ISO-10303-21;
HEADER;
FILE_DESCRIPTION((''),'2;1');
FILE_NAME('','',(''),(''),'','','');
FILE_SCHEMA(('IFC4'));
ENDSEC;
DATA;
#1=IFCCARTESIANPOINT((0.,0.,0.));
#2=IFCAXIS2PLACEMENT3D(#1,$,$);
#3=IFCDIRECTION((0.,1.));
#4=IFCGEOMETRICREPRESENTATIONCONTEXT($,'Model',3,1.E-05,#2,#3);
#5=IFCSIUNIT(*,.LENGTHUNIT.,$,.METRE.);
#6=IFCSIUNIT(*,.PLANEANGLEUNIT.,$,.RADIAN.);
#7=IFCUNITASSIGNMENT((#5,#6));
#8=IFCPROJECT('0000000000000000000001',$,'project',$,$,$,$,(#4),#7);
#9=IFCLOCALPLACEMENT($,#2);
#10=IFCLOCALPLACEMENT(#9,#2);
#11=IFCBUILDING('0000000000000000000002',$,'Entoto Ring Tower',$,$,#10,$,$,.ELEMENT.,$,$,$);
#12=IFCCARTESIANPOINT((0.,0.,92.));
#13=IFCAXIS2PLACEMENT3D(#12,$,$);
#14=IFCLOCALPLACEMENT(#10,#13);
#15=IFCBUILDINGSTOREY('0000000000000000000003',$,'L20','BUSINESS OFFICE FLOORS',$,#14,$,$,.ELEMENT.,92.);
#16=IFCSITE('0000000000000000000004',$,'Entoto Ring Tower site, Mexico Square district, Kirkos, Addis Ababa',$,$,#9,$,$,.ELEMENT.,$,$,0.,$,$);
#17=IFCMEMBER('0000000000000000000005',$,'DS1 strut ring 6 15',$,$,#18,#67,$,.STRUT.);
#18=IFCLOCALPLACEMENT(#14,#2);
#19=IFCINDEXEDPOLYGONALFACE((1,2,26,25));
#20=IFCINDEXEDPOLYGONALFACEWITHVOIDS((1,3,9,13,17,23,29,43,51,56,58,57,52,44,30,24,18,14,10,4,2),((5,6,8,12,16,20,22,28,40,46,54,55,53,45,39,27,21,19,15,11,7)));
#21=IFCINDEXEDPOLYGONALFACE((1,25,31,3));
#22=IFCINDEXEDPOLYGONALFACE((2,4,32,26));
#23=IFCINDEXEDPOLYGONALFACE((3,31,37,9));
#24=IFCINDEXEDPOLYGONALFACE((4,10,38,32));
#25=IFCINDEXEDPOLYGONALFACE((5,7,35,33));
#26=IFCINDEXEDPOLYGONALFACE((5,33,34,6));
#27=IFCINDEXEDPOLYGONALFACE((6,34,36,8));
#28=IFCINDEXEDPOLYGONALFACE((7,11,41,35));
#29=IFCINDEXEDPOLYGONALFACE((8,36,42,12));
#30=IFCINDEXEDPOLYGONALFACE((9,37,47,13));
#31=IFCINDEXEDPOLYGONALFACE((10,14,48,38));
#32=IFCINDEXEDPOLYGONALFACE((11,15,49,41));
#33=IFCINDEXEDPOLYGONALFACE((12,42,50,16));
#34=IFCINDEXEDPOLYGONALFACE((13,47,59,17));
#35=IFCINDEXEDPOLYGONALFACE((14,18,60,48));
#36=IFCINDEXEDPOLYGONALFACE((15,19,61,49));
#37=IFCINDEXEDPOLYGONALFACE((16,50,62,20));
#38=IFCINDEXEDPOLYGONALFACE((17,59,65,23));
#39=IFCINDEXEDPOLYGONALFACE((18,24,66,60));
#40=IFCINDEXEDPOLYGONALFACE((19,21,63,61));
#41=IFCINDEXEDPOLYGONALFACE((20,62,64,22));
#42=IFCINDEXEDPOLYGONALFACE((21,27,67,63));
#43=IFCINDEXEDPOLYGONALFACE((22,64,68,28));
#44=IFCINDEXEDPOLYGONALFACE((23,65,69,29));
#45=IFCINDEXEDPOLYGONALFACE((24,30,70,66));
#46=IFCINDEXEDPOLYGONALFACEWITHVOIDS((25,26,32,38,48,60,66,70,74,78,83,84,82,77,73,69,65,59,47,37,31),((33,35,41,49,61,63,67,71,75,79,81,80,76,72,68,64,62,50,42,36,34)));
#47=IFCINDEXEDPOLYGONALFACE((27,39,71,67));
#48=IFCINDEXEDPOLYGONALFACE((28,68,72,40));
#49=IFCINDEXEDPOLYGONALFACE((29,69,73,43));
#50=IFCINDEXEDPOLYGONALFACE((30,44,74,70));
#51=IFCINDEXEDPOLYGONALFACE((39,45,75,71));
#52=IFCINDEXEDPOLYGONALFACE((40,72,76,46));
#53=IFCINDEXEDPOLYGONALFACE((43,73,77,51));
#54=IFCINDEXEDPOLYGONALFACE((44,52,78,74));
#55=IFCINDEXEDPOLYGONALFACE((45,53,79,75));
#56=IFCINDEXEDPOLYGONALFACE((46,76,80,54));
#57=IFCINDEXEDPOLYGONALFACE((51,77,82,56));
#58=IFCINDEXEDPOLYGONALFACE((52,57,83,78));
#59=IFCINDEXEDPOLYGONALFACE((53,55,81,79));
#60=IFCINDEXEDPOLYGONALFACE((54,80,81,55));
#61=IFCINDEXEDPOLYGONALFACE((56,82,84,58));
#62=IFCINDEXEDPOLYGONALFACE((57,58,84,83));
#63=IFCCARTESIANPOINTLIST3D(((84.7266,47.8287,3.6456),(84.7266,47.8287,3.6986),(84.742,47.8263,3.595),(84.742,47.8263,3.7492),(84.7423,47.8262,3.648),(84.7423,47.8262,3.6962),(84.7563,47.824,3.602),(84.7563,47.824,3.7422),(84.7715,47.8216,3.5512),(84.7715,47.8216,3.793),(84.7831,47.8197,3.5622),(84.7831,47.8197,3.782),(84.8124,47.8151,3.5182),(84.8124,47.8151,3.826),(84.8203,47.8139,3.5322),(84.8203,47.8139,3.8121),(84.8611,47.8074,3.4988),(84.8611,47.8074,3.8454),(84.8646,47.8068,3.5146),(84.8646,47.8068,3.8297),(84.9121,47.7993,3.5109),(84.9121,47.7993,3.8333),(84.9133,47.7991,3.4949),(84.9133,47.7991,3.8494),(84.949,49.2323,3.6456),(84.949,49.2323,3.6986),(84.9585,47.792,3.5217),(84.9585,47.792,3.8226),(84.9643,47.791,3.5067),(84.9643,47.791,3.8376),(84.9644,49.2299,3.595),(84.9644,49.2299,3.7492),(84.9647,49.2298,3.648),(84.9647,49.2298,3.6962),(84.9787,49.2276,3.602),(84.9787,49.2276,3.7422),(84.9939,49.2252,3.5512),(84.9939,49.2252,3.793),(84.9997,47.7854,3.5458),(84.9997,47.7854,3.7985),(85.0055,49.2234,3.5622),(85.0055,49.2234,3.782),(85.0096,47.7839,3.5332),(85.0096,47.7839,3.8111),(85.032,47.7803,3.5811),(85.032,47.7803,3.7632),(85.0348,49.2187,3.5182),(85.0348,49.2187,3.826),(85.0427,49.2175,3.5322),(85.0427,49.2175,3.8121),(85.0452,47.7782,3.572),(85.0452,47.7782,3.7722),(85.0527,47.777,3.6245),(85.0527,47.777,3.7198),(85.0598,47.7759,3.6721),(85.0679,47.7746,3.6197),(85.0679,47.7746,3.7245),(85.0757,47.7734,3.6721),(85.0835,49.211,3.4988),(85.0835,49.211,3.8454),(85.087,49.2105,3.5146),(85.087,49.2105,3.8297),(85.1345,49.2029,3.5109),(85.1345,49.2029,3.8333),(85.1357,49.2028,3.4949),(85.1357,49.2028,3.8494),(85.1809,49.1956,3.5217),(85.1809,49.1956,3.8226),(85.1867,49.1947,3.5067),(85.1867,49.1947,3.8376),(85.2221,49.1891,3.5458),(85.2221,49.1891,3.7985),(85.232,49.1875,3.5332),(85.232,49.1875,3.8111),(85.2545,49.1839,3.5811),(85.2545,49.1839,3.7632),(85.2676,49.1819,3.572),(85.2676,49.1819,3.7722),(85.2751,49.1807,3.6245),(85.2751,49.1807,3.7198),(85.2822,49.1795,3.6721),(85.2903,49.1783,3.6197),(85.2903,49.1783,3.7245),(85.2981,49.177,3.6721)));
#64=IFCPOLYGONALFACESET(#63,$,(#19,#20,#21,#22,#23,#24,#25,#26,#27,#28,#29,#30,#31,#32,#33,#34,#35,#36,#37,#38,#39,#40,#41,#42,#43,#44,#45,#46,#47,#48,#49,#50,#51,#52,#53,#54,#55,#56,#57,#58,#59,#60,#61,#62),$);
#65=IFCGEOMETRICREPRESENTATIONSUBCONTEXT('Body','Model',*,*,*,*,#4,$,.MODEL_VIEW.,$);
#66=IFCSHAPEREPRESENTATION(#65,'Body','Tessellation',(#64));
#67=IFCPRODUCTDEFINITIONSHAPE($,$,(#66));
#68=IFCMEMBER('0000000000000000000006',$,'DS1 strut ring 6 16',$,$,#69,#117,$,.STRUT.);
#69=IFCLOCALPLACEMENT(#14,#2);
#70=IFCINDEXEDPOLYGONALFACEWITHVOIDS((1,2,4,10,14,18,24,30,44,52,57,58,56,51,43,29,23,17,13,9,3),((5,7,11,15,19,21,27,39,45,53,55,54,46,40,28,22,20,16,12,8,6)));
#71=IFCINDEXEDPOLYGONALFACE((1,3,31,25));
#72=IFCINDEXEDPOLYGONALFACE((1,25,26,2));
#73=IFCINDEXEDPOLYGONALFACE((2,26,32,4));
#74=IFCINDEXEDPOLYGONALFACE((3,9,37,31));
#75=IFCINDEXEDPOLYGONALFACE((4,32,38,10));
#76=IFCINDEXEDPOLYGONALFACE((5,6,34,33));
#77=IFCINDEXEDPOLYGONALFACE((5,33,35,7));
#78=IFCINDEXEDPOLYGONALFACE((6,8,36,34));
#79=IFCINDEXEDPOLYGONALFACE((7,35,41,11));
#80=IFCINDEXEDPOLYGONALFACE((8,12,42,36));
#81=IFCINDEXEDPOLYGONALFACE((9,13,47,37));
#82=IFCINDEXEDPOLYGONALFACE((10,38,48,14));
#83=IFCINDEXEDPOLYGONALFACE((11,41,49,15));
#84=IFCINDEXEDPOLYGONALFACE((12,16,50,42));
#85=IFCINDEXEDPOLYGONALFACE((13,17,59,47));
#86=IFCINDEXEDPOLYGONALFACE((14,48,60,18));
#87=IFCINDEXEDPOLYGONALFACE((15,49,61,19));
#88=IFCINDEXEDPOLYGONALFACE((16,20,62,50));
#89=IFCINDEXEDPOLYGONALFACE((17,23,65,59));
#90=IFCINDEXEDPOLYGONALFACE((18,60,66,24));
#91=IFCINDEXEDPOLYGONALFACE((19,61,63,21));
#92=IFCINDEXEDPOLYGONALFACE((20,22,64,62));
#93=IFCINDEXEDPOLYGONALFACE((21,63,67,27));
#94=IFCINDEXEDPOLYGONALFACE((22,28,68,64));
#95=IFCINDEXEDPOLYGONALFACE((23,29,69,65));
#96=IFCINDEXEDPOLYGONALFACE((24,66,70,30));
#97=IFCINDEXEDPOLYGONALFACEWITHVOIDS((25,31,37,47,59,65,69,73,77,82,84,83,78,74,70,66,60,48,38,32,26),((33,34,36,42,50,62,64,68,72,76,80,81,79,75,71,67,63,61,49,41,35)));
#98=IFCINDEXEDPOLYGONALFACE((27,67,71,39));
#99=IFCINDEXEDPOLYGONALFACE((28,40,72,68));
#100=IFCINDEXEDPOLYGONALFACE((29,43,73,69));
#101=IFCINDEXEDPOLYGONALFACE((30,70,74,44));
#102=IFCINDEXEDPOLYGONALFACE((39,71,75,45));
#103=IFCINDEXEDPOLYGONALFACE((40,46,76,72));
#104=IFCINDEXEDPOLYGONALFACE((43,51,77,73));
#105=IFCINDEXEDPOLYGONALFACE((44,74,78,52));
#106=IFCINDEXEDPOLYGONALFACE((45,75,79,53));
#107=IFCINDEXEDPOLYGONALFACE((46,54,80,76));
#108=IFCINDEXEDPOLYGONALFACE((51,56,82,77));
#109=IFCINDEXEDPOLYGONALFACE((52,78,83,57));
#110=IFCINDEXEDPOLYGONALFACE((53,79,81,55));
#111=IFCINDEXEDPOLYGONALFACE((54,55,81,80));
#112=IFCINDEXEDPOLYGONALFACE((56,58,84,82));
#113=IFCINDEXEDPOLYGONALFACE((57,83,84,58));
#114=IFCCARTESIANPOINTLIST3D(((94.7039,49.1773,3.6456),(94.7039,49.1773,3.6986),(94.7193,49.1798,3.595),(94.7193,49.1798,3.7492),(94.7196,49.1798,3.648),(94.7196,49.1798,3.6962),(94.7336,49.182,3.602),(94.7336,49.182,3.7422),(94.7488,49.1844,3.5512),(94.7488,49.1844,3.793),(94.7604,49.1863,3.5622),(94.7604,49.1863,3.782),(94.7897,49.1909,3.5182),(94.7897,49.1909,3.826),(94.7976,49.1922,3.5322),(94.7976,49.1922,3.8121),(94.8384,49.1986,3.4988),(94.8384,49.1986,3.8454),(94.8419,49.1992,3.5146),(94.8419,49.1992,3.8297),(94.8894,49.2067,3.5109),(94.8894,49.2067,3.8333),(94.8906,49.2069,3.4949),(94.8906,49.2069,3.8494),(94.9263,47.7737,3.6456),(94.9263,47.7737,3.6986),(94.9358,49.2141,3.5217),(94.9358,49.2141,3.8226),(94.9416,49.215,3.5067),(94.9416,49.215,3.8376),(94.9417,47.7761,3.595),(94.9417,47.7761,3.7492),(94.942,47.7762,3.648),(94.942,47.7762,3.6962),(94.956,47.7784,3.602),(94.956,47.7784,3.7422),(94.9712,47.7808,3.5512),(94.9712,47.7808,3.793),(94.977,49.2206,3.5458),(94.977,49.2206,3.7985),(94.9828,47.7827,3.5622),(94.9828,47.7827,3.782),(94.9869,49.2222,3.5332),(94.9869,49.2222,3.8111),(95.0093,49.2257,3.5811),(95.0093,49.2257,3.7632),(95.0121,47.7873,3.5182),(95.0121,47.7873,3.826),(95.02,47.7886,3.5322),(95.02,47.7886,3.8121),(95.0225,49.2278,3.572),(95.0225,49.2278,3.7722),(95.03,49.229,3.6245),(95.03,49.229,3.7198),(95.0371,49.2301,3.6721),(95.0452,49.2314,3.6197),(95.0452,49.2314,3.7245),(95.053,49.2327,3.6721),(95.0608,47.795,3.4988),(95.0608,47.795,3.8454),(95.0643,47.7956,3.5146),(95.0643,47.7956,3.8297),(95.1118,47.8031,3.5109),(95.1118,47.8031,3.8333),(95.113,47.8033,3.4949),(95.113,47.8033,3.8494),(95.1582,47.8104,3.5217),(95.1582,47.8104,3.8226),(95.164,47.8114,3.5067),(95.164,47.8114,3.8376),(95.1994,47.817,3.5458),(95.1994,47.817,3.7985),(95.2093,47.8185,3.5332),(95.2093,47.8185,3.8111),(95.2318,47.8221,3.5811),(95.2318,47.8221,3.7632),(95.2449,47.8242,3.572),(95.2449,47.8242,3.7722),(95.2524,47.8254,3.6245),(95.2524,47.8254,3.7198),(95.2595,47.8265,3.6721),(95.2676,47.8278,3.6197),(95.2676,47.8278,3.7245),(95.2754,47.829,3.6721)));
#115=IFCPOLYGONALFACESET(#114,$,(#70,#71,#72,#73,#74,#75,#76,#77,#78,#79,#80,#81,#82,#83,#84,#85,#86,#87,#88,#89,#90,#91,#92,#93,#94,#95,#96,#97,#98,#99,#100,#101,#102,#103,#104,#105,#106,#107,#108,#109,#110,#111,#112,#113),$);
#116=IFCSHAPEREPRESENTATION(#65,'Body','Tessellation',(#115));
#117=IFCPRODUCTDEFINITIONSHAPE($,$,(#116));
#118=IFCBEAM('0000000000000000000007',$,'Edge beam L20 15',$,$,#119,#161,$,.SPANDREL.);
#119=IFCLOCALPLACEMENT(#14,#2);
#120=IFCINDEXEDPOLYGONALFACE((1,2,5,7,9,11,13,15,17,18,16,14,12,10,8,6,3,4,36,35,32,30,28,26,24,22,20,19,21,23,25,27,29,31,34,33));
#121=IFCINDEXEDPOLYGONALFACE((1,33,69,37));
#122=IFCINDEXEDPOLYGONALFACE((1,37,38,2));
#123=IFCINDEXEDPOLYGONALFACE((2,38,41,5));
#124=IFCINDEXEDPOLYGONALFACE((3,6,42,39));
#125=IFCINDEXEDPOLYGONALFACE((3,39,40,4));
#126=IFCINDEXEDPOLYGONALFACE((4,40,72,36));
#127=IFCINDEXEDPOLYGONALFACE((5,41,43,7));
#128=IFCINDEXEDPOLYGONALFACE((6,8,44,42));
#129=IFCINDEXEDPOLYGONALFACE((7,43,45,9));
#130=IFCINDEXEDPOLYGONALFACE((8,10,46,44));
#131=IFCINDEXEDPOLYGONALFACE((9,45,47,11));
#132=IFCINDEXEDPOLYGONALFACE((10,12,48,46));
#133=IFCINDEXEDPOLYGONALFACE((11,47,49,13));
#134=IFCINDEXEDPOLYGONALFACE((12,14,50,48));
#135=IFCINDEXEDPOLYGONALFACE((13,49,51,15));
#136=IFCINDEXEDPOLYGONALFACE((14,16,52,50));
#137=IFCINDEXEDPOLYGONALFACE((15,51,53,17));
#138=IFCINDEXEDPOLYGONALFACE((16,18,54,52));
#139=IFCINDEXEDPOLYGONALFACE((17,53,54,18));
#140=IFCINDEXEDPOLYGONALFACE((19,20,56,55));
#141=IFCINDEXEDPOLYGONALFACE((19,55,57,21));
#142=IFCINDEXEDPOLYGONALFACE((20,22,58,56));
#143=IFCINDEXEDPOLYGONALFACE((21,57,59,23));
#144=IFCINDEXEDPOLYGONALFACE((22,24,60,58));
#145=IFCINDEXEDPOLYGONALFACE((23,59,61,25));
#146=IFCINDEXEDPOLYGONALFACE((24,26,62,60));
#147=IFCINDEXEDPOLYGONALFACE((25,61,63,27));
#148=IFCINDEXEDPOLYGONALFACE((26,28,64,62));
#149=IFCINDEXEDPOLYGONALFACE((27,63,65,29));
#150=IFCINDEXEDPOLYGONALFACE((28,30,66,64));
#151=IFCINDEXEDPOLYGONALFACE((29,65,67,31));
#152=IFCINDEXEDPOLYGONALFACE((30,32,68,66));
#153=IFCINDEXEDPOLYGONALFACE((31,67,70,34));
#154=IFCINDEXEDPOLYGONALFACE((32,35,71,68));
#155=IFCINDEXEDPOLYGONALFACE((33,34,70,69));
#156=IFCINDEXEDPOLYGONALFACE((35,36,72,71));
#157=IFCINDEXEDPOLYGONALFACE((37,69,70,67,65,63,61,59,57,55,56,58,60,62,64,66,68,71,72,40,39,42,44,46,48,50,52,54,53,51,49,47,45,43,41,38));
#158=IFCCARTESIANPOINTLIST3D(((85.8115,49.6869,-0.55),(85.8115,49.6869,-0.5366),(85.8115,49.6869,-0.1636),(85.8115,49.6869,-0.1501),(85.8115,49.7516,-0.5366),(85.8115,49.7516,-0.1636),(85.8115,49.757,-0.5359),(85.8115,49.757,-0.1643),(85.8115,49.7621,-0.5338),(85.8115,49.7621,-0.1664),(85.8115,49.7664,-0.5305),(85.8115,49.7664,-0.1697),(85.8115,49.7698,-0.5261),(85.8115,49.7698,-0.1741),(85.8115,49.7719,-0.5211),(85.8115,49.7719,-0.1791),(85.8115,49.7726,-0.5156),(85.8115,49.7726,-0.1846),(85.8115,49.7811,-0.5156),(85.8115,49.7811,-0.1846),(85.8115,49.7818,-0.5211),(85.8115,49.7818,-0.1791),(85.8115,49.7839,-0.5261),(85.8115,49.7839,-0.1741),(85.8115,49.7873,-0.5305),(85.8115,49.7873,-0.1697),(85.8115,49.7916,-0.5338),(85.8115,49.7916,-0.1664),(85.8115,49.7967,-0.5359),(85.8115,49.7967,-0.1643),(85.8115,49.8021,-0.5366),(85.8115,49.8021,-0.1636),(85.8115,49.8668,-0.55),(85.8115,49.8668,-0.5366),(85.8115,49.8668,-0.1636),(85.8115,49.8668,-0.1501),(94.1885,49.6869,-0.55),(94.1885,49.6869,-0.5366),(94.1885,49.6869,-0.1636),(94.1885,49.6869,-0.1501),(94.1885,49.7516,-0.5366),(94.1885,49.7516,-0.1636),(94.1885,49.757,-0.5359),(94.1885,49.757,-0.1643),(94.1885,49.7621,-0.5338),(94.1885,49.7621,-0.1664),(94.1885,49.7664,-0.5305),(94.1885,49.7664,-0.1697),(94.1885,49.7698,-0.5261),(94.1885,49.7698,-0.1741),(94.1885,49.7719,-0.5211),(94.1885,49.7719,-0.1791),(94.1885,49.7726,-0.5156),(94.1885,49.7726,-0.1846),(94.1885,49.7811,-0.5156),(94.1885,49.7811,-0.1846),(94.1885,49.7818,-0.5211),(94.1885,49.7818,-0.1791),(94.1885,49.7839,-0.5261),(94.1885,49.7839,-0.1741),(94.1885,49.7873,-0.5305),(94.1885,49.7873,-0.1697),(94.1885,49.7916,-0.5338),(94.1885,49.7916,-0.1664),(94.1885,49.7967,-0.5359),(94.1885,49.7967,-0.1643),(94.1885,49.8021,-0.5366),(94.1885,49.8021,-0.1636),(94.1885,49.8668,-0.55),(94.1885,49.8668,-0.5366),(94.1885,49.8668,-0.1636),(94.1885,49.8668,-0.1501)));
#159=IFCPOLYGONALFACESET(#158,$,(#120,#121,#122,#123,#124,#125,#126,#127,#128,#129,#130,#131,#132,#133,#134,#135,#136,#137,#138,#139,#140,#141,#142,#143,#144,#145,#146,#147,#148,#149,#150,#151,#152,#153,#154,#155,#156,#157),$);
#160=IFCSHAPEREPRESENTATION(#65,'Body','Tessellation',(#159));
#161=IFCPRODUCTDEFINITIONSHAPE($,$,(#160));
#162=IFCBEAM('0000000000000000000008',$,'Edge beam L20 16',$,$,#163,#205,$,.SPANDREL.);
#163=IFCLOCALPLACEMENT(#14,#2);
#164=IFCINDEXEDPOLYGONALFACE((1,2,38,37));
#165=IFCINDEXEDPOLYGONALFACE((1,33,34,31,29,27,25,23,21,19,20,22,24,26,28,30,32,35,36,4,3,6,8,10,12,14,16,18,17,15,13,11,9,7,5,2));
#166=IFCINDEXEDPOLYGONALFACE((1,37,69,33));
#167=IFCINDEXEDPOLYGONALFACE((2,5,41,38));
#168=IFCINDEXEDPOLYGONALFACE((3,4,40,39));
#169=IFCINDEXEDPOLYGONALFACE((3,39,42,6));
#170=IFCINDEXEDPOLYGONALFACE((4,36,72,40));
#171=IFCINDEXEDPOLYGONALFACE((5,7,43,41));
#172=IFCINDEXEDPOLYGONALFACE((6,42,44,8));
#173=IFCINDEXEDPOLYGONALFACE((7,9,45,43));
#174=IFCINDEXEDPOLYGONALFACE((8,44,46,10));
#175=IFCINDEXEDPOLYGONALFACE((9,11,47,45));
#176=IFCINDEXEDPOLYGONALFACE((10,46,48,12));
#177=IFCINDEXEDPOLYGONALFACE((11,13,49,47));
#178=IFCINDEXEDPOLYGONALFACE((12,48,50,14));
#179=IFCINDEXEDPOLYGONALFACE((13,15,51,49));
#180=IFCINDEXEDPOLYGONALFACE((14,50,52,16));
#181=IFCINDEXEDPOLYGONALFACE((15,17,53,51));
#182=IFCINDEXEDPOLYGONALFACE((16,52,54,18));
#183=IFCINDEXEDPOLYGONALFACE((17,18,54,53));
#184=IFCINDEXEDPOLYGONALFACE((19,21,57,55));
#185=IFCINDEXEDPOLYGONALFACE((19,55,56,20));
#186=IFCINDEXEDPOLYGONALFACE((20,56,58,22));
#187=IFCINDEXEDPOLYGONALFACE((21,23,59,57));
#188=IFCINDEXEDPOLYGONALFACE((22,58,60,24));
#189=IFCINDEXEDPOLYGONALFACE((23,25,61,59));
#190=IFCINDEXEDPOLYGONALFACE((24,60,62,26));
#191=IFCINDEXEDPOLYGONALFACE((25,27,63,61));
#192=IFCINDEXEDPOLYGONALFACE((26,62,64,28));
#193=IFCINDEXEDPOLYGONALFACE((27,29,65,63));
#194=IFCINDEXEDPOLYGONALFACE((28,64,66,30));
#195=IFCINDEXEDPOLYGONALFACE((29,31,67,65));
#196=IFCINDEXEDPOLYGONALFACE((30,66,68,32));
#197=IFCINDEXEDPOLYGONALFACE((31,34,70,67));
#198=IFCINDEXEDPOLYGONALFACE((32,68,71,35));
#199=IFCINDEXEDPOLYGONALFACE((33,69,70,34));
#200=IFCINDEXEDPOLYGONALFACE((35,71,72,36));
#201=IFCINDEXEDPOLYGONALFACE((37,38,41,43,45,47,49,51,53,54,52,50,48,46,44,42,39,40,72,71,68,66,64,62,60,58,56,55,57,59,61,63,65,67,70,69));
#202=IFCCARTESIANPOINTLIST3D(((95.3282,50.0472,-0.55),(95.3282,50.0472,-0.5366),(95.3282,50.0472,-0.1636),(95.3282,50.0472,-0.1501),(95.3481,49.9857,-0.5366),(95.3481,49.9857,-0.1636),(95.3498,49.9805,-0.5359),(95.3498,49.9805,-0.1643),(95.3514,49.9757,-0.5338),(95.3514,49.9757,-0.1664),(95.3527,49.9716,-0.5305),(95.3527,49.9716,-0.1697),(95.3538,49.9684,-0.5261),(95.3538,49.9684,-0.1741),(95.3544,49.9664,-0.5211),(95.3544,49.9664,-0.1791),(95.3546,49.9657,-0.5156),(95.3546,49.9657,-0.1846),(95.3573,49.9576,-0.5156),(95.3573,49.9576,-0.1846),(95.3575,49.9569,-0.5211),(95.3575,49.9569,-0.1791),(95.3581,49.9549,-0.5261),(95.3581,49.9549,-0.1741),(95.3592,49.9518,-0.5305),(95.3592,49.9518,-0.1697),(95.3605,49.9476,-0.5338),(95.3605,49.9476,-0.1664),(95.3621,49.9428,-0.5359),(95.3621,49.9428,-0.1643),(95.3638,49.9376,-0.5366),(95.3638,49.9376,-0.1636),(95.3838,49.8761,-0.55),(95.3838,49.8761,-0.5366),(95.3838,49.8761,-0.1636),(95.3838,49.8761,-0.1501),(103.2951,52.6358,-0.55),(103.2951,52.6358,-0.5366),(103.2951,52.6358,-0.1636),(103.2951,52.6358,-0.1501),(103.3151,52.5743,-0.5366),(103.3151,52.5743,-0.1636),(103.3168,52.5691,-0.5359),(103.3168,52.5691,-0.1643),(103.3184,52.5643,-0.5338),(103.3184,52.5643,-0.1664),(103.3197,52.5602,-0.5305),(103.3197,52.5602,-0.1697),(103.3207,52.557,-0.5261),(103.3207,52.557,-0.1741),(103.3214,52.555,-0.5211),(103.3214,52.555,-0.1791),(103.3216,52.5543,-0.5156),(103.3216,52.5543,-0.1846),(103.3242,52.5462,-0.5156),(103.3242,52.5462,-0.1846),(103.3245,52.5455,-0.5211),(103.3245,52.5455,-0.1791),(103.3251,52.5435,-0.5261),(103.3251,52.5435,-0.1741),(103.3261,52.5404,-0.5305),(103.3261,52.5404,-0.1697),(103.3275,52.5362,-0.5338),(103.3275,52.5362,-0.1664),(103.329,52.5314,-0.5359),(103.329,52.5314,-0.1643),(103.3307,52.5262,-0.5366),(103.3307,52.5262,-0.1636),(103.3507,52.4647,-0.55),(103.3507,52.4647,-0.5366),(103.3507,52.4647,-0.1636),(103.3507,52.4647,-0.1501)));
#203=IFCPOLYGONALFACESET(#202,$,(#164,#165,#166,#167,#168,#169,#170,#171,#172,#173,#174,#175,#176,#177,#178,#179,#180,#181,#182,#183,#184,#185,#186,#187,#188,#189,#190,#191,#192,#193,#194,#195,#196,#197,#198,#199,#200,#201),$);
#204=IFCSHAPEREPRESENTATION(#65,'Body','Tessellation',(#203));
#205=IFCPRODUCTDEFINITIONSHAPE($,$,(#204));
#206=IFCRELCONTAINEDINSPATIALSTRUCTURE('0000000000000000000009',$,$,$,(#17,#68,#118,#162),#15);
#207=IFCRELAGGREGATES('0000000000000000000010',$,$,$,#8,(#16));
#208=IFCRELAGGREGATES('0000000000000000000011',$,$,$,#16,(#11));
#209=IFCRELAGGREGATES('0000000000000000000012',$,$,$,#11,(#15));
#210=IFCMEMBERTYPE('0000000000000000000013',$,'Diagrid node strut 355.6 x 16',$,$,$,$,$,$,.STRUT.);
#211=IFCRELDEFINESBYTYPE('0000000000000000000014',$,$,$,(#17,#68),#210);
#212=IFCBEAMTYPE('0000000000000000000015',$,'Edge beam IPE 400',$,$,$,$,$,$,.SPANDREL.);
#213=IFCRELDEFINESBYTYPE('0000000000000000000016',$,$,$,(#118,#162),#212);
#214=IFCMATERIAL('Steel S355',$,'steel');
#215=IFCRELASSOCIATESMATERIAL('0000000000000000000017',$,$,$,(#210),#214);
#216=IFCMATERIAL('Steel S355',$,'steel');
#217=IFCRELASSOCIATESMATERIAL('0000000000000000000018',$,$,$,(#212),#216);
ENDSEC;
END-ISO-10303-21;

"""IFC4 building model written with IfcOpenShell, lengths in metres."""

from ifc_helpers import new_model, si_unit, direction, frame, origin, origin_2d, place, context, subcontext, project, spatial, circle, hollow_circle, i_section, extrude, material, material_profile, profile_set, type_object, element, save


model = new_model("IFC4")

# Units and contexts
model_context = context("Model", 3, precision=1e-05, world=origin(), true_north=direction((0.0, 1.0)))
body_context = subcontext(model_context, "Body", "Model", "MODEL_VIEW")
ifc_project = project(units=[si_unit("LENGTHUNIT", "METRE"), si_unit("PLANEANGLEUNIT", "RADIAN")], contexts=[model_context])

# Site, building, storey
site_placement = place(None, origin())
site = spatial("IfcSite", under=ifc_project, at=site_placement, Name="Entoto Ring Tower site, Mexico Square district, Kirkos, Addis Ababa", CompositionType="ELEMENT", RefElevation=0.0)
building_placement = place(site_placement, origin())
building = spatial("IfcBuilding", under=site, at=building_placement, Name="Entoto Ring Tower", CompositionType="ELEMENT")
storey_placement = place(building_placement, frame((0.0, 0.0, 92.0)))
storey = spatial("IfcBuildingStorey", under=building, at=storey_placement, Name="L20", Description="BUSINESS OFFICE FLOORS", CompositionType="ELEMENT", Elevation=92.0)

# Members
ifc_material_1 = material(Name="Steel S355", Category="steel")
ifc_material_profile_1 = material_profile(ifc_material_1, hollow_circle(Radius=0.1777, WallThickness=0.0161, at=origin_2d()), Name="CHS 355.6 x 16")
ifc_material_2 = material(Name="Concrete C60/75", Category="concrete")
ifc_material_profile_2 = material_profile(ifc_material_2, circle(Radius=0.1619, at=origin_2d()), Name="Concrete C60/75 infill")
ifc_profile_set_1 = profile_set([ifc_material_profile_1, ifc_material_profile_2], Name="Steel S355")
member_type = type_object("IfcMemberType", Name="Diagrid node strut 355.6 x 16", PredefinedType="STRUT", material=ifc_profile_set_1)
for number, where, z_axis, x_axis, name in (
    (1, (85.1226, 49.2048, 3.6721), (-0.15651, -0.987676, 0.0), (0.987676, -0.15651, 0.0), "DS1 strut ring 6 15"),
    (2, (94.8774, 49.2048, 3.6721), (0.15651, -0.987676, 0.0), (0.987676, 0.15651, 0.0), "DS1 strut ring 6 16"),
):
    element("IfcMember", number, at=place(storey_placement, frame(where, z_axis=z_axis, x_axis=x_axis)), inside=storey, type_object=member_type, Name=name, PredefinedType="STRUT", context=body_context, shape_type="SweptSolid", body=[
        extrude(hollow_circle(Radius=0.1777, WallThickness=0.0161, at=origin_2d()), origin(), (0.0, 0.0, 1.0), 1.4211),
    ])

# Beams
ifc_material_3 = material(Name="Steel S355", Category="steel")
ifc_material_profile_3 = material_profile(ifc_material_3, i_section(OverallWidth=0.1799, OverallDepth=0.3999, WebThickness=0.0085, FlangeThickness=0.0134, FilletRadius=0.021, at=origin_2d()), Name="IPE 400")
ifc_profile_set_2 = profile_set([ifc_material_profile_3], Name="Steel S355")
beam_type_1 = type_object("IfcBeamType", Name="Edge beam IPE 400", PredefinedType="SPANDREL", material=ifc_profile_set_2)
for number, where, z_axis, x_axis, name in (
    (3, (85.8115, 49.7769, -0.3501), (1.0, 0.0, 0.0), (0.0, 1.0, 0.0), "Edge beam L20 15"),
    (4, (95.356, 49.9617, -0.3501), (0.951057, 0.309014, 0.0), (-0.309014, 0.951057, 0.0), "Edge beam L20 16"),
):
    element("IfcBeam", number, at=place(storey_placement, frame(where, z_axis=z_axis, x_axis=x_axis)), inside=storey, type_object=beam_type_1, Name=name, PredefinedType="SPANDREL", context=body_context, shape_type="SweptSolid", body=[
        extrude(i_section(OverallWidth=0.1799, OverallDepth=0.3999, WebThickness=0.0085, FlangeThickness=0.0134, FilletRadius=0.021, at=origin_2d()), origin(), (0.0, 0.0, 1.0), 8.377),
    ])

save(model, "model.ifc")
